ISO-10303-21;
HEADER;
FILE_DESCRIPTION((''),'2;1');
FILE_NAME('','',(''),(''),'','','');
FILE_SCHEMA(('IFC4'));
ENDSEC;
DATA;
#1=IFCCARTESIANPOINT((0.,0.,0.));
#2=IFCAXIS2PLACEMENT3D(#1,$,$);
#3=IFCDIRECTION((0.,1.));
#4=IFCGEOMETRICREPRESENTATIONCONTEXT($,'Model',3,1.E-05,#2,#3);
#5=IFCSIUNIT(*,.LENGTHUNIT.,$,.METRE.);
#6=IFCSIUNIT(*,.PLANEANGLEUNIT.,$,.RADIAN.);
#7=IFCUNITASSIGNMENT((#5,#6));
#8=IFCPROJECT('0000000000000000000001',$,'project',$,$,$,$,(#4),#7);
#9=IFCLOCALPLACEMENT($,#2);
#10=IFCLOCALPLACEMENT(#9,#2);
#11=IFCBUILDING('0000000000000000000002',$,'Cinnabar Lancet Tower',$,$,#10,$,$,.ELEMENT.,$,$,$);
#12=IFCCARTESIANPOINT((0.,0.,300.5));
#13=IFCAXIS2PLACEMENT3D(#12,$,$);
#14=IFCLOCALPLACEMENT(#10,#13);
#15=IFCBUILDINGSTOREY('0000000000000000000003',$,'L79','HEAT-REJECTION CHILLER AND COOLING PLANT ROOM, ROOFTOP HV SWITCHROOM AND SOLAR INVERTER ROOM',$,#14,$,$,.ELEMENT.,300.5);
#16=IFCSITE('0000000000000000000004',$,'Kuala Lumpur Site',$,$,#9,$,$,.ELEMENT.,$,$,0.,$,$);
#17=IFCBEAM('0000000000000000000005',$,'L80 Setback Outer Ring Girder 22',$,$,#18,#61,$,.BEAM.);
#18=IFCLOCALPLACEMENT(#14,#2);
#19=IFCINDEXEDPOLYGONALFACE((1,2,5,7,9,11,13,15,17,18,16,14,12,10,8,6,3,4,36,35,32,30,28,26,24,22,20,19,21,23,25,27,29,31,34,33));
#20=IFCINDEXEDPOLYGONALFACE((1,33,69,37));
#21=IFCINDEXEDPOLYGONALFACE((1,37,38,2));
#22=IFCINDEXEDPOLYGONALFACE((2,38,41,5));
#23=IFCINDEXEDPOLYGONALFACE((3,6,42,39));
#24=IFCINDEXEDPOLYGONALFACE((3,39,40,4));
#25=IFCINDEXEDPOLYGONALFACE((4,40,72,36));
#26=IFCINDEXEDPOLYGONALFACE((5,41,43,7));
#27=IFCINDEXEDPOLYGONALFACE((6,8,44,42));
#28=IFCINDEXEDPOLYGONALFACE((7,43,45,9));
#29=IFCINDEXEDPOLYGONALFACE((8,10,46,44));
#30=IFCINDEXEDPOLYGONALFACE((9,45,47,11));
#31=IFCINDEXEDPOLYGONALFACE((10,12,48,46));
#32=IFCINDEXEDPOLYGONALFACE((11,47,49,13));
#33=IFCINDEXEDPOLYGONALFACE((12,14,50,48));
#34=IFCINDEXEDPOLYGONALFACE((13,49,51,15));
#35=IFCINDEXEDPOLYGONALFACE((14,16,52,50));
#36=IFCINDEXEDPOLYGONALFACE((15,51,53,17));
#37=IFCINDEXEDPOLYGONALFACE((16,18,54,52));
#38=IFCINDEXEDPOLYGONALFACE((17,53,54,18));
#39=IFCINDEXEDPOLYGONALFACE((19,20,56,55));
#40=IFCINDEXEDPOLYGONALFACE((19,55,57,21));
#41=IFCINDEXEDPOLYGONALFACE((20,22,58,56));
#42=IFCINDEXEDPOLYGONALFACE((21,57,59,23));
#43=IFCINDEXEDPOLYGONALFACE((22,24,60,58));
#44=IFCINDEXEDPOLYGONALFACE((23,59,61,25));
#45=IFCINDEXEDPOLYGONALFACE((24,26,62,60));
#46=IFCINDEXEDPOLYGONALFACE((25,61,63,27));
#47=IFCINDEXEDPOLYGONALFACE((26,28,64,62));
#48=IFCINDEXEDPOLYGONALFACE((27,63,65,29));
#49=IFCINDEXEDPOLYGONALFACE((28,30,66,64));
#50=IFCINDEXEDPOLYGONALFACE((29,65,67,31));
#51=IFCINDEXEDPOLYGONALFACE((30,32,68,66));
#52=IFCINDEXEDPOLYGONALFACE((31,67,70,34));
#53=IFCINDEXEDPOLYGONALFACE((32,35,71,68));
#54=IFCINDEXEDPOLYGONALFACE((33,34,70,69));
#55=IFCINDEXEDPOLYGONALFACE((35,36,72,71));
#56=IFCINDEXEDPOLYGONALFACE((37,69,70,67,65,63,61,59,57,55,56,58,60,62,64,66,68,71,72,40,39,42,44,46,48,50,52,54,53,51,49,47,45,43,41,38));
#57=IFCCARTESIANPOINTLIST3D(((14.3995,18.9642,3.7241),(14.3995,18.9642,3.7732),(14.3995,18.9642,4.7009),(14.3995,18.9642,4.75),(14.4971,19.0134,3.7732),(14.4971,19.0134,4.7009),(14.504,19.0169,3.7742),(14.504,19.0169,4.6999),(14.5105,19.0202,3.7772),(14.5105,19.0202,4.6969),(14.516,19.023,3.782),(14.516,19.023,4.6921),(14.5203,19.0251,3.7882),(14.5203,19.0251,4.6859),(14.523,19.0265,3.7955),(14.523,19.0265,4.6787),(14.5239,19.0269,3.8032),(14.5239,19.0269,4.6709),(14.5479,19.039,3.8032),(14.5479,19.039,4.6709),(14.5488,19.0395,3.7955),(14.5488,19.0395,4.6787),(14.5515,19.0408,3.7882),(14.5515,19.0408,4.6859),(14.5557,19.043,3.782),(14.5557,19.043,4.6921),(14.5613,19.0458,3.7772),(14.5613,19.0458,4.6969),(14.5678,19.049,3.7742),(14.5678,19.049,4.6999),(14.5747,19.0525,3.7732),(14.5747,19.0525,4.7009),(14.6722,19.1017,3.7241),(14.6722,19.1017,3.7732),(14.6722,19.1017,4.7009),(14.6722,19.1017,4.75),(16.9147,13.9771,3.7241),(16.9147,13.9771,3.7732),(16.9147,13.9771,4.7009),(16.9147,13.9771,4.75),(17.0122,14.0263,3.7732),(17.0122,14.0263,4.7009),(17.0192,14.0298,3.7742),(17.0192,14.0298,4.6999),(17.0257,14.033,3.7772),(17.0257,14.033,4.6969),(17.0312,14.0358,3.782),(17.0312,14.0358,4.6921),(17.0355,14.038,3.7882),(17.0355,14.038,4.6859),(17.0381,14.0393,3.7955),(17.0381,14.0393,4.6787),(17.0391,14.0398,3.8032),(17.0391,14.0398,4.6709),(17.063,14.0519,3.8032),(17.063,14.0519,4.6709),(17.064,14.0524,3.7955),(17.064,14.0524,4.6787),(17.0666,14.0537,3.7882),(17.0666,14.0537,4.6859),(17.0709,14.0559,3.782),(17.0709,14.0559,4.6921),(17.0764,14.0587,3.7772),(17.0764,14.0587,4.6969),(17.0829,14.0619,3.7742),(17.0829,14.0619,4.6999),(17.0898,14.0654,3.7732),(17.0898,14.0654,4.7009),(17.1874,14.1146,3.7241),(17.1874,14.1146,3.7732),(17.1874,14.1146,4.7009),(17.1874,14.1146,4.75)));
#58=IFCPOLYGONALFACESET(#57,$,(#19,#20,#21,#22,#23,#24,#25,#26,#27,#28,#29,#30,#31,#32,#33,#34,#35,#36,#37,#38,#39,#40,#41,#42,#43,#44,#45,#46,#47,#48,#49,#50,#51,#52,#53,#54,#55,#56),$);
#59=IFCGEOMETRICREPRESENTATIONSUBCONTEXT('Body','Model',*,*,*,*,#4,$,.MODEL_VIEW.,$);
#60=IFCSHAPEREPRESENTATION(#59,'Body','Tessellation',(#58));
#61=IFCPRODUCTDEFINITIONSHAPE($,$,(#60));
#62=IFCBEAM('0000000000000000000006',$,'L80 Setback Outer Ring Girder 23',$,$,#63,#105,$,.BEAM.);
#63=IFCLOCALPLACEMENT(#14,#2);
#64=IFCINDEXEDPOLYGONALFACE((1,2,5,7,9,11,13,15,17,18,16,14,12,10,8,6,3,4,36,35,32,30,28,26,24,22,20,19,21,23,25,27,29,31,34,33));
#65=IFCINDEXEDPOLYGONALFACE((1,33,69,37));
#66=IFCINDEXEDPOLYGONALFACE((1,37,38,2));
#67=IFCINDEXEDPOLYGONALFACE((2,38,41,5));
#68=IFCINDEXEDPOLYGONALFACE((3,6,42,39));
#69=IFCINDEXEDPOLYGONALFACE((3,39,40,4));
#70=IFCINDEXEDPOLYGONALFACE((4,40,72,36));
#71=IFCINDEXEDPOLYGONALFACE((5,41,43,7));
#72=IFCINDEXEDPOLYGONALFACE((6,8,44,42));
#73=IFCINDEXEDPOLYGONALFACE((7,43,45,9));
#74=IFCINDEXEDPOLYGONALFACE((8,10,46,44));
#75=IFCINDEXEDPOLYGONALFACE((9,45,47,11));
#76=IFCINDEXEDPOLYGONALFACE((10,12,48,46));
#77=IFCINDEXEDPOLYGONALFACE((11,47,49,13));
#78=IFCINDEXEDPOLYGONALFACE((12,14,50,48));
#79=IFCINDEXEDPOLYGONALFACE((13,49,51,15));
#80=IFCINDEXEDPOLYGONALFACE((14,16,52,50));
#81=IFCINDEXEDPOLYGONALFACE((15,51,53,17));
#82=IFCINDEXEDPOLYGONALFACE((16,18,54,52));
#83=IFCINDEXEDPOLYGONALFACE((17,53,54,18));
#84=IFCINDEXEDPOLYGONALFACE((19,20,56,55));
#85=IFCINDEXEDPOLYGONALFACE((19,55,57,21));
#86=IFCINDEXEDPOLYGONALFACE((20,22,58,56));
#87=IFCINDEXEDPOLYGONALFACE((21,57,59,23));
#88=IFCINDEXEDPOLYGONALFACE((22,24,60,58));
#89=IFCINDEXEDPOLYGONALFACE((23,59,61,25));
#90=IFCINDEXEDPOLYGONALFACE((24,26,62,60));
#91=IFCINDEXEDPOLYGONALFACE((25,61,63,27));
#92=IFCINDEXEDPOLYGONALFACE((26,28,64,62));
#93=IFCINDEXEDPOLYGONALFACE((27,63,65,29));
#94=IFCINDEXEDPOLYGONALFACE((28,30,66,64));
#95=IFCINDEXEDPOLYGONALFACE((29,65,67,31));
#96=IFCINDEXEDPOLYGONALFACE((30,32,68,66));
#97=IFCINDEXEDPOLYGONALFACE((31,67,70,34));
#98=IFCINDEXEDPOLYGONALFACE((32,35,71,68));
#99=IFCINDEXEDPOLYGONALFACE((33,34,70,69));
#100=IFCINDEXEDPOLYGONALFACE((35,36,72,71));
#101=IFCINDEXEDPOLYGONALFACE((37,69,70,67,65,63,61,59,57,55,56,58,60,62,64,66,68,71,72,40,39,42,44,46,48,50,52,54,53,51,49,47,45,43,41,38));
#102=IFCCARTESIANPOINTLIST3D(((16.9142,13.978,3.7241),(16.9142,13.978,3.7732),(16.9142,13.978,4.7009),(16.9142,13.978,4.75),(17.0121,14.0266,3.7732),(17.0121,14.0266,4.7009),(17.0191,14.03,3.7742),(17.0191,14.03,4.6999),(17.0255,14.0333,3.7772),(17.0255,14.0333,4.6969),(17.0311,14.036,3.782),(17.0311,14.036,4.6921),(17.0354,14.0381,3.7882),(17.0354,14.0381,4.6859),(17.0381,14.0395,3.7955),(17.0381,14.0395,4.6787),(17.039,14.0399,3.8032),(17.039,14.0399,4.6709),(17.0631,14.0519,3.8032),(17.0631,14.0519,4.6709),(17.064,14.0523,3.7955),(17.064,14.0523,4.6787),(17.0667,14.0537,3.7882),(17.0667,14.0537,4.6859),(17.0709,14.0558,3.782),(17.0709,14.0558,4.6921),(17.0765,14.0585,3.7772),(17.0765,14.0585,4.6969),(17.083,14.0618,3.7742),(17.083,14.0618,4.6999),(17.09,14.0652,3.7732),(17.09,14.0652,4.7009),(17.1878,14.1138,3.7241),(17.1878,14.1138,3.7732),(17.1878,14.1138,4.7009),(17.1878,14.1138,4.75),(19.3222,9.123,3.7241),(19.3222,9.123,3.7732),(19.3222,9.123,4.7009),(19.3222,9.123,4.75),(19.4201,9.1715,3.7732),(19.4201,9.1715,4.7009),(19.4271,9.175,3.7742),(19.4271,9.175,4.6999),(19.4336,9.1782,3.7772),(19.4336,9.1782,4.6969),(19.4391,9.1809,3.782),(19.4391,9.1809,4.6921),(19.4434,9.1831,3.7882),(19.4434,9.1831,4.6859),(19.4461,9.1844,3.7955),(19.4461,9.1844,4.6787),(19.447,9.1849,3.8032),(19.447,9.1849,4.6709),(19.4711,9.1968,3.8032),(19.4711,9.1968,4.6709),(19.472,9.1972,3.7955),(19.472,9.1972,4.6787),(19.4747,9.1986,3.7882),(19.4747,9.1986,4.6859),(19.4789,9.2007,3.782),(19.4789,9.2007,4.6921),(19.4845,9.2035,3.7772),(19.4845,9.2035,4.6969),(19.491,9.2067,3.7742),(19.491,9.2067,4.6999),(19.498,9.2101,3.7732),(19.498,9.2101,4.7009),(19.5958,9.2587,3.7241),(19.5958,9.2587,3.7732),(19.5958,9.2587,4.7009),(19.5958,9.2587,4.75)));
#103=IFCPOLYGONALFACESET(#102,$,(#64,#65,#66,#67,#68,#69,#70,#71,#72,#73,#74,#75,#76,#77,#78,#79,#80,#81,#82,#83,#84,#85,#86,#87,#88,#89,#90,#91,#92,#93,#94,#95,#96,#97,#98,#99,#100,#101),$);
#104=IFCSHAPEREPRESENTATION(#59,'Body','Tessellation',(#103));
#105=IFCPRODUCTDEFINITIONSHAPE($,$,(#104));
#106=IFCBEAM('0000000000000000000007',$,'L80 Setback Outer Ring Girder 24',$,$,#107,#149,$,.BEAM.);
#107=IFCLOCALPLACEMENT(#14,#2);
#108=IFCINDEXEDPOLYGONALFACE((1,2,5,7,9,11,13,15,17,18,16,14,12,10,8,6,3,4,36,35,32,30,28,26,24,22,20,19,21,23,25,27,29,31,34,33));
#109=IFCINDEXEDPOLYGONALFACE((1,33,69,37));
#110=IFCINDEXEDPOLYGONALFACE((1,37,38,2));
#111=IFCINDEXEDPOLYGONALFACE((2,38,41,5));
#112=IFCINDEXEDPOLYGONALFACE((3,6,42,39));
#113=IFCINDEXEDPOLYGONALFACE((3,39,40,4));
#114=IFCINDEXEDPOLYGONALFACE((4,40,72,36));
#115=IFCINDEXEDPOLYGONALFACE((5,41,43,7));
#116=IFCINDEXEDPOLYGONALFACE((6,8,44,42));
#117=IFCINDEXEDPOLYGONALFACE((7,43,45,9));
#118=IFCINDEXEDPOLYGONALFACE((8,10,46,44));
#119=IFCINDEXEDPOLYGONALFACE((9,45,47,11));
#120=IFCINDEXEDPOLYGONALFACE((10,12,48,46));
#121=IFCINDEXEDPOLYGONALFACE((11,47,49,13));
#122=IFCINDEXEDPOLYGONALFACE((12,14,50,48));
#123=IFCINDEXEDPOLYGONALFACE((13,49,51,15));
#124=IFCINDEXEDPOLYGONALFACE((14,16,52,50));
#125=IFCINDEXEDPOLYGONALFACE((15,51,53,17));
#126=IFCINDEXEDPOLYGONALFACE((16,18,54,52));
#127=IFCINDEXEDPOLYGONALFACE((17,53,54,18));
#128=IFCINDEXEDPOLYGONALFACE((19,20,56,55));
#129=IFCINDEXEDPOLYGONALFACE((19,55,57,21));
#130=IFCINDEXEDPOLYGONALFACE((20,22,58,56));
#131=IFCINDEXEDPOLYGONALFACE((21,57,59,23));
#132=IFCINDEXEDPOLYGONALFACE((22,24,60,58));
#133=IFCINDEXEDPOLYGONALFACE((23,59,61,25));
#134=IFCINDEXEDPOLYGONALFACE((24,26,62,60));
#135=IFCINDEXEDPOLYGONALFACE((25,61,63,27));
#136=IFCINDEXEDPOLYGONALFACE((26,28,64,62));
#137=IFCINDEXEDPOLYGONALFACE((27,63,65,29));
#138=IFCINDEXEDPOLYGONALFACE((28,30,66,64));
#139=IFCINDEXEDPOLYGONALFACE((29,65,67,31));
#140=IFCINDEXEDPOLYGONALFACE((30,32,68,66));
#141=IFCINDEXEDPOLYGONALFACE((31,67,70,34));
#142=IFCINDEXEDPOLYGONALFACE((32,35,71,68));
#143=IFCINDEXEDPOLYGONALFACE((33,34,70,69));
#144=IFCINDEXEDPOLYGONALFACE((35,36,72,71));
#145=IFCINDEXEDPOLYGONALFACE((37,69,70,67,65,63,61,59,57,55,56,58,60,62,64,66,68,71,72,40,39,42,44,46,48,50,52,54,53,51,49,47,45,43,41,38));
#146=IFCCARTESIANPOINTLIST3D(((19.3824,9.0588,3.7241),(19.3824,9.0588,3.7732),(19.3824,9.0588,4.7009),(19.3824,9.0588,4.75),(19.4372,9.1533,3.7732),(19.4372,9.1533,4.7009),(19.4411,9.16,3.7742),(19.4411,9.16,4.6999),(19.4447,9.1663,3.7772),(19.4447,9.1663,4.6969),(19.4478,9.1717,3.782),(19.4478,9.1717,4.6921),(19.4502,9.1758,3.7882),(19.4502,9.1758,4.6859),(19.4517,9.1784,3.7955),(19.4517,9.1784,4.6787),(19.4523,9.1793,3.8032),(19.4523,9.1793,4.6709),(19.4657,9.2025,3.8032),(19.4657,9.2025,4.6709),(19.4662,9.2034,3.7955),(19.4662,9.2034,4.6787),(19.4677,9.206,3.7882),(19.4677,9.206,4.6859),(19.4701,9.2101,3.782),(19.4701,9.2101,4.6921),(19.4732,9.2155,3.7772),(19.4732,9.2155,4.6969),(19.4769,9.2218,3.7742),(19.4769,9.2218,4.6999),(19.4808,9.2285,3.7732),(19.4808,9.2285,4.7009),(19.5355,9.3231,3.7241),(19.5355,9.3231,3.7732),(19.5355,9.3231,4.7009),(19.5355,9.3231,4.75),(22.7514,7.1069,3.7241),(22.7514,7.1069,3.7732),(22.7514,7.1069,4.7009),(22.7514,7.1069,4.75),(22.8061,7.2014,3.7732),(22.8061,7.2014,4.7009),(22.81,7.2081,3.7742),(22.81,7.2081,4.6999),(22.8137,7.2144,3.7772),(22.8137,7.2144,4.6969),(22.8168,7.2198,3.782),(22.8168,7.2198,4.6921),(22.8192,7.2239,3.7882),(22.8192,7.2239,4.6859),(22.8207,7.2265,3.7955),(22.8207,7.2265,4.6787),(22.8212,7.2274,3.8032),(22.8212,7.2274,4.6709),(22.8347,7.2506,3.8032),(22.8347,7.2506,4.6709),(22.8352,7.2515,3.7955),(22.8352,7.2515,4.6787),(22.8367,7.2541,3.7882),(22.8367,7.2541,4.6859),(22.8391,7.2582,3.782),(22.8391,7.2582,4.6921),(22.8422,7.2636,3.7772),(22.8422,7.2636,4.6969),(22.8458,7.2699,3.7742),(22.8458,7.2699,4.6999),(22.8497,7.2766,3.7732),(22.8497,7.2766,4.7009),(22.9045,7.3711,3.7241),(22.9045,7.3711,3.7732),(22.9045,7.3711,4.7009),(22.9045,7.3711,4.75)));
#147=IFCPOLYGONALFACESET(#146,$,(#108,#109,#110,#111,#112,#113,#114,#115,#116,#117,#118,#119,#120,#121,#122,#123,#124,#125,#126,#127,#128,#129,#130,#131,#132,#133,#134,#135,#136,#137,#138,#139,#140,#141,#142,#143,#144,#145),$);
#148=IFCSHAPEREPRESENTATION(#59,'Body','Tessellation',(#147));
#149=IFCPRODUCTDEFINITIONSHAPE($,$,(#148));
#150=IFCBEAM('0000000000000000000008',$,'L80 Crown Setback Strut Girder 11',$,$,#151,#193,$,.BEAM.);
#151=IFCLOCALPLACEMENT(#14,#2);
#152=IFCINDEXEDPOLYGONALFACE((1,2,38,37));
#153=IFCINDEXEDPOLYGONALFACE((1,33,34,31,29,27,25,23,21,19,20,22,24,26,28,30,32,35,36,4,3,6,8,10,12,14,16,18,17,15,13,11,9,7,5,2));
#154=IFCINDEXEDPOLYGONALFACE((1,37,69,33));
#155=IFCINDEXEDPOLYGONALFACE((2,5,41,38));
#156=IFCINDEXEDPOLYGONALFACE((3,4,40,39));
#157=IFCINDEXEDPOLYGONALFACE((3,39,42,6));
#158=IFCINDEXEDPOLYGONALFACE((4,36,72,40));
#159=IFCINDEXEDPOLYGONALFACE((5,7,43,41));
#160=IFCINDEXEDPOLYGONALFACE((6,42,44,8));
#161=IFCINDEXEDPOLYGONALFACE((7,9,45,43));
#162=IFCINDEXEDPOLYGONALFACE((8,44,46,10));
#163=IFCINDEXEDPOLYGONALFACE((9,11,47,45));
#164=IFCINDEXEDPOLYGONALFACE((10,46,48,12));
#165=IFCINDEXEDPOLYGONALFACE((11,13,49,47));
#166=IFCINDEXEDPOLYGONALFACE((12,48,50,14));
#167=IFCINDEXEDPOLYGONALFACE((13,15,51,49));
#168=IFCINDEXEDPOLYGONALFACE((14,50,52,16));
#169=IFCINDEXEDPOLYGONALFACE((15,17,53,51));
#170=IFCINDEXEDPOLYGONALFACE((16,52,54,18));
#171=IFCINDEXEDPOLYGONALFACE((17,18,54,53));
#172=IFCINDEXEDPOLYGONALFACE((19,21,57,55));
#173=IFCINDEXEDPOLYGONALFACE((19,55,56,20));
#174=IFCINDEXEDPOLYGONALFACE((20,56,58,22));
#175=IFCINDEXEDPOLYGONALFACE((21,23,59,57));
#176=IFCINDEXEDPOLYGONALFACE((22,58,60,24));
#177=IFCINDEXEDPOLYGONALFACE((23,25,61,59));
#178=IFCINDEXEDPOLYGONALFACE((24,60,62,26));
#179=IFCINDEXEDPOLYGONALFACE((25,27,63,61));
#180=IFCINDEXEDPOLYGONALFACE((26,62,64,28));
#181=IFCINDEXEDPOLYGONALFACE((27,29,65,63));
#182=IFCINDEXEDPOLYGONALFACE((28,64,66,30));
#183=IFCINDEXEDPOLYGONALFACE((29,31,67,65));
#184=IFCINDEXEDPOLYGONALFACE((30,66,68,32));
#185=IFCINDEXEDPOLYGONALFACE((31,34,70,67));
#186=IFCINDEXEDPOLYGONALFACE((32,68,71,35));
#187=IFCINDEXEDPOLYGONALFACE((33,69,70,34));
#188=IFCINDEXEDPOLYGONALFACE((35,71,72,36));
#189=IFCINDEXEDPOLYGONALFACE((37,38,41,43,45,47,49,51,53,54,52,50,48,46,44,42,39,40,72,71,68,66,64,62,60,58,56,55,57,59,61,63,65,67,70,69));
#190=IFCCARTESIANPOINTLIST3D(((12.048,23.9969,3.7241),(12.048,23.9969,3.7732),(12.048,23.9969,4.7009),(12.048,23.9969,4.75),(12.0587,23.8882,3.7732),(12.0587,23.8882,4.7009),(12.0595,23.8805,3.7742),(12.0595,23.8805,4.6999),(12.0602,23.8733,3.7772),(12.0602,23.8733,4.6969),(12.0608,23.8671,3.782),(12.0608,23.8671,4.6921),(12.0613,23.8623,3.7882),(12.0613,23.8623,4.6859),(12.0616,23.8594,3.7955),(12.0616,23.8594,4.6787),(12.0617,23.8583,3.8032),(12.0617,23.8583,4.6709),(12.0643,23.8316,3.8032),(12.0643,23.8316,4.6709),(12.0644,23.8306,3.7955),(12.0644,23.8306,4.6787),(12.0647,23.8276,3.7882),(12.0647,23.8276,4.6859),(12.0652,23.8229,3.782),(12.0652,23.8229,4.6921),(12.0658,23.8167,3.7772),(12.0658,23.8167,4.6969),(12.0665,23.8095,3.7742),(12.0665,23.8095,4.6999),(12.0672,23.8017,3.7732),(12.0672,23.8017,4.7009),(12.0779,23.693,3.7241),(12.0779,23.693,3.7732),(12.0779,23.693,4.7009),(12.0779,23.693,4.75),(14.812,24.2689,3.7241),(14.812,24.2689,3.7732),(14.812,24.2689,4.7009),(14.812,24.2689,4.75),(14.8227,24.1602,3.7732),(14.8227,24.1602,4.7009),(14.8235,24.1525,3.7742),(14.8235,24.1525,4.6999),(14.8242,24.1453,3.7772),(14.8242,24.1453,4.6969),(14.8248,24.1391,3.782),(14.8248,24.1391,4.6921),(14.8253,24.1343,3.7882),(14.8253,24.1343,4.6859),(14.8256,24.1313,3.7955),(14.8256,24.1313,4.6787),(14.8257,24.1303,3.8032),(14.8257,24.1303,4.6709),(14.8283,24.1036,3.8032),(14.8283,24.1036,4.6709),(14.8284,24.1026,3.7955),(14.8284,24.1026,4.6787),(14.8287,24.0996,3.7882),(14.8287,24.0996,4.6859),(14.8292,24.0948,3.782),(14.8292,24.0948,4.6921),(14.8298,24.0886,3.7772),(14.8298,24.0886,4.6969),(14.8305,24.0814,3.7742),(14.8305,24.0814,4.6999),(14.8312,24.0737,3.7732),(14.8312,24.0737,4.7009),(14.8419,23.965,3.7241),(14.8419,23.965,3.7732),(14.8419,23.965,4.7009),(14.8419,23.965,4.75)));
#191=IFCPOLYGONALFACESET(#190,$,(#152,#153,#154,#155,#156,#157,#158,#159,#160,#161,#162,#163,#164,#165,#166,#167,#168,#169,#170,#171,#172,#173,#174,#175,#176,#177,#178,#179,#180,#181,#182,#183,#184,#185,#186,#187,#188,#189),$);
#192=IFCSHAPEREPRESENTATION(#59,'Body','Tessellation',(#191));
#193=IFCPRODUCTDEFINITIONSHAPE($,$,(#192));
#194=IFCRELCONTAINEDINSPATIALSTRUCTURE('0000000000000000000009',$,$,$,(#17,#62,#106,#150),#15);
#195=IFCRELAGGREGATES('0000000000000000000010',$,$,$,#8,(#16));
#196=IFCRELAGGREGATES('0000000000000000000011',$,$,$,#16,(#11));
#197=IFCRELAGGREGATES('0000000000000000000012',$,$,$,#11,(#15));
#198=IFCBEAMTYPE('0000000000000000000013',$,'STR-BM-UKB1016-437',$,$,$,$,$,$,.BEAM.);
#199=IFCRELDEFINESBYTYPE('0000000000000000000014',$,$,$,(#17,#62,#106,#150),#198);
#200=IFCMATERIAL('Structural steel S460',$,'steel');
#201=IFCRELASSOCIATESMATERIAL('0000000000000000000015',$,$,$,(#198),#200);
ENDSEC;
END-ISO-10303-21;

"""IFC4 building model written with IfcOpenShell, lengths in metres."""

from ifc_helpers import new_model, si_unit, direction, frame, origin, origin_2d, place, context, subcontext, project, spatial, i_section, extrude, material, material_profile, profile_set, type_object, element, save


model = new_model("IFC4")

# Units and contexts
model_context = context("Model", 3, precision=1e-05, world=origin(), true_north=direction((0.0, 1.0)))
body_context = subcontext(model_context, "Body", "Model", "MODEL_VIEW")
ifc_project = project(units=[si_unit("LENGTHUNIT", "METRE"), si_unit("PLANEANGLEUNIT", "RADIAN")], contexts=[model_context])

# Site, building, storey
site_placement = place(None, origin())
site = spatial("IfcSite", under=ifc_project, at=site_placement, Name="Kuala Lumpur Site", CompositionType="ELEMENT", RefElevation=0.0)
building_placement = place(site_placement, origin())
building = spatial("IfcBuilding", under=site, at=building_placement, Name="Cinnabar Lancet Tower", CompositionType="ELEMENT")
storey_placement = place(building_placement, frame((0.0, 0.0, 300.5)))
storey = spatial("IfcBuildingStorey", under=building, at=storey_placement, Name="L79", Description="HEAT-REJECTION CHILLER AND COOLING PLANT ROOM, ROOFTOP HV SWITCHROOM AND SOLAR INVERTER ROOM", CompositionType="ELEMENT", Elevation=300.5)

# Beams
ifc_material_1 = material(Name="Structural steel S460", Category="steel")
ifc_material_profile_1 = material_profile(ifc_material_1, i_section(OverallWidth=0.3054, OverallDepth=1.0259, WebThickness=0.0269, FlangeThickness=0.0491, FilletRadius=0.03, at=origin_2d()), Name="UKB 1016x305x437")
ifc_profile_set_1 = profile_set([ifc_material_profile_1], Name="Structural steel S460")
beam_type_1 = type_object("IfcBeamType", Name="STR-BM-UKB1016-437", PredefinedType="BEAM", material=ifc_profile_set_1)
beam_1_placement = place(storey_placement, frame((14.5359, 19.033, 4.2371), z_axis=(0.450306, -0.892874, 0.0), x_axis=(0.892874, 0.450306, 0.0)))
element("IfcBeam", 1, at=beam_1_placement, inside=storey, type_object=beam_type_1, Name="L80 Setback Outer Ring Girder 22", PredefinedType="BEAM", context=body_context, shape_type="SweptSolid", body=[
    extrude(i_section(OverallWidth=0.3054, OverallDepth=1.0259, WebThickness=0.0269, FlangeThickness=0.0491, FilletRadius=0.03, at=origin_2d()), origin(), (0.0, 0.0, 1.0), 5.5854),
])
beam_2_placement = place(storey_placement, frame((17.051, 14.0459, 4.2371), z_axis=(0.444328, -0.895864, 0.0), x_axis=(0.895864, 0.444328, 0.0)))
element("IfcBeam", 2, at=beam_2_placement, inside=storey, type_object=beam_type_1, Name="L80 Setback Outer Ring Girder 23", PredefinedType="BEAM", context=body_context, shape_type="SweptSolid", body=[
    extrude(i_section(OverallWidth=0.3054, OverallDepth=1.0259, WebThickness=0.0269, FlangeThickness=0.0491, FilletRadius=0.03, at=origin_2d()), origin(), (0.0, 0.0, 1.0), 5.4194),
])
beam_3_placement = place(storey_placement, frame((19.459, 9.1909, 4.2371), z_axis=(0.86526, -0.501323, 0.0), x_axis=(0.501323, 0.86526, 0.0)))
element("IfcBeam", 3, at=beam_3_placement, inside=storey, type_object=beam_type_1, Name="L80 Setback Outer Ring Girder 24", PredefinedType="BEAM", context=body_context, shape_type="SweptSolid", body=[
    extrude(i_section(OverallWidth=0.3054, OverallDepth=1.0259, WebThickness=0.0269, FlangeThickness=0.0491, FilletRadius=0.03, at=origin_2d()), origin(), (0.0, 0.0, 1.0), 3.8936),
])
beam_4_placement = place(storey_placement, frame((12.063, 23.845, 4.2371), z_axis=(0.995193, 0.097928, 0.0), x_axis=(-0.097928, 0.995193, 0.0)))
element("IfcBeam", 4, at=beam_4_placement, inside=storey, type_object=beam_type_1, Name="L80 Crown Setback Strut Girder 11", PredefinedType="BEAM", context=body_context, shape_type="SweptSolid", body=[
    extrude(i_section(OverallWidth=0.3054, OverallDepth=1.0259, WebThickness=0.0269, FlangeThickness=0.0491, FilletRadius=0.03, at=origin_2d()), origin(), (0.0, 0.0, 1.0), 2.7773),
])

save(model, "model.ifc")
